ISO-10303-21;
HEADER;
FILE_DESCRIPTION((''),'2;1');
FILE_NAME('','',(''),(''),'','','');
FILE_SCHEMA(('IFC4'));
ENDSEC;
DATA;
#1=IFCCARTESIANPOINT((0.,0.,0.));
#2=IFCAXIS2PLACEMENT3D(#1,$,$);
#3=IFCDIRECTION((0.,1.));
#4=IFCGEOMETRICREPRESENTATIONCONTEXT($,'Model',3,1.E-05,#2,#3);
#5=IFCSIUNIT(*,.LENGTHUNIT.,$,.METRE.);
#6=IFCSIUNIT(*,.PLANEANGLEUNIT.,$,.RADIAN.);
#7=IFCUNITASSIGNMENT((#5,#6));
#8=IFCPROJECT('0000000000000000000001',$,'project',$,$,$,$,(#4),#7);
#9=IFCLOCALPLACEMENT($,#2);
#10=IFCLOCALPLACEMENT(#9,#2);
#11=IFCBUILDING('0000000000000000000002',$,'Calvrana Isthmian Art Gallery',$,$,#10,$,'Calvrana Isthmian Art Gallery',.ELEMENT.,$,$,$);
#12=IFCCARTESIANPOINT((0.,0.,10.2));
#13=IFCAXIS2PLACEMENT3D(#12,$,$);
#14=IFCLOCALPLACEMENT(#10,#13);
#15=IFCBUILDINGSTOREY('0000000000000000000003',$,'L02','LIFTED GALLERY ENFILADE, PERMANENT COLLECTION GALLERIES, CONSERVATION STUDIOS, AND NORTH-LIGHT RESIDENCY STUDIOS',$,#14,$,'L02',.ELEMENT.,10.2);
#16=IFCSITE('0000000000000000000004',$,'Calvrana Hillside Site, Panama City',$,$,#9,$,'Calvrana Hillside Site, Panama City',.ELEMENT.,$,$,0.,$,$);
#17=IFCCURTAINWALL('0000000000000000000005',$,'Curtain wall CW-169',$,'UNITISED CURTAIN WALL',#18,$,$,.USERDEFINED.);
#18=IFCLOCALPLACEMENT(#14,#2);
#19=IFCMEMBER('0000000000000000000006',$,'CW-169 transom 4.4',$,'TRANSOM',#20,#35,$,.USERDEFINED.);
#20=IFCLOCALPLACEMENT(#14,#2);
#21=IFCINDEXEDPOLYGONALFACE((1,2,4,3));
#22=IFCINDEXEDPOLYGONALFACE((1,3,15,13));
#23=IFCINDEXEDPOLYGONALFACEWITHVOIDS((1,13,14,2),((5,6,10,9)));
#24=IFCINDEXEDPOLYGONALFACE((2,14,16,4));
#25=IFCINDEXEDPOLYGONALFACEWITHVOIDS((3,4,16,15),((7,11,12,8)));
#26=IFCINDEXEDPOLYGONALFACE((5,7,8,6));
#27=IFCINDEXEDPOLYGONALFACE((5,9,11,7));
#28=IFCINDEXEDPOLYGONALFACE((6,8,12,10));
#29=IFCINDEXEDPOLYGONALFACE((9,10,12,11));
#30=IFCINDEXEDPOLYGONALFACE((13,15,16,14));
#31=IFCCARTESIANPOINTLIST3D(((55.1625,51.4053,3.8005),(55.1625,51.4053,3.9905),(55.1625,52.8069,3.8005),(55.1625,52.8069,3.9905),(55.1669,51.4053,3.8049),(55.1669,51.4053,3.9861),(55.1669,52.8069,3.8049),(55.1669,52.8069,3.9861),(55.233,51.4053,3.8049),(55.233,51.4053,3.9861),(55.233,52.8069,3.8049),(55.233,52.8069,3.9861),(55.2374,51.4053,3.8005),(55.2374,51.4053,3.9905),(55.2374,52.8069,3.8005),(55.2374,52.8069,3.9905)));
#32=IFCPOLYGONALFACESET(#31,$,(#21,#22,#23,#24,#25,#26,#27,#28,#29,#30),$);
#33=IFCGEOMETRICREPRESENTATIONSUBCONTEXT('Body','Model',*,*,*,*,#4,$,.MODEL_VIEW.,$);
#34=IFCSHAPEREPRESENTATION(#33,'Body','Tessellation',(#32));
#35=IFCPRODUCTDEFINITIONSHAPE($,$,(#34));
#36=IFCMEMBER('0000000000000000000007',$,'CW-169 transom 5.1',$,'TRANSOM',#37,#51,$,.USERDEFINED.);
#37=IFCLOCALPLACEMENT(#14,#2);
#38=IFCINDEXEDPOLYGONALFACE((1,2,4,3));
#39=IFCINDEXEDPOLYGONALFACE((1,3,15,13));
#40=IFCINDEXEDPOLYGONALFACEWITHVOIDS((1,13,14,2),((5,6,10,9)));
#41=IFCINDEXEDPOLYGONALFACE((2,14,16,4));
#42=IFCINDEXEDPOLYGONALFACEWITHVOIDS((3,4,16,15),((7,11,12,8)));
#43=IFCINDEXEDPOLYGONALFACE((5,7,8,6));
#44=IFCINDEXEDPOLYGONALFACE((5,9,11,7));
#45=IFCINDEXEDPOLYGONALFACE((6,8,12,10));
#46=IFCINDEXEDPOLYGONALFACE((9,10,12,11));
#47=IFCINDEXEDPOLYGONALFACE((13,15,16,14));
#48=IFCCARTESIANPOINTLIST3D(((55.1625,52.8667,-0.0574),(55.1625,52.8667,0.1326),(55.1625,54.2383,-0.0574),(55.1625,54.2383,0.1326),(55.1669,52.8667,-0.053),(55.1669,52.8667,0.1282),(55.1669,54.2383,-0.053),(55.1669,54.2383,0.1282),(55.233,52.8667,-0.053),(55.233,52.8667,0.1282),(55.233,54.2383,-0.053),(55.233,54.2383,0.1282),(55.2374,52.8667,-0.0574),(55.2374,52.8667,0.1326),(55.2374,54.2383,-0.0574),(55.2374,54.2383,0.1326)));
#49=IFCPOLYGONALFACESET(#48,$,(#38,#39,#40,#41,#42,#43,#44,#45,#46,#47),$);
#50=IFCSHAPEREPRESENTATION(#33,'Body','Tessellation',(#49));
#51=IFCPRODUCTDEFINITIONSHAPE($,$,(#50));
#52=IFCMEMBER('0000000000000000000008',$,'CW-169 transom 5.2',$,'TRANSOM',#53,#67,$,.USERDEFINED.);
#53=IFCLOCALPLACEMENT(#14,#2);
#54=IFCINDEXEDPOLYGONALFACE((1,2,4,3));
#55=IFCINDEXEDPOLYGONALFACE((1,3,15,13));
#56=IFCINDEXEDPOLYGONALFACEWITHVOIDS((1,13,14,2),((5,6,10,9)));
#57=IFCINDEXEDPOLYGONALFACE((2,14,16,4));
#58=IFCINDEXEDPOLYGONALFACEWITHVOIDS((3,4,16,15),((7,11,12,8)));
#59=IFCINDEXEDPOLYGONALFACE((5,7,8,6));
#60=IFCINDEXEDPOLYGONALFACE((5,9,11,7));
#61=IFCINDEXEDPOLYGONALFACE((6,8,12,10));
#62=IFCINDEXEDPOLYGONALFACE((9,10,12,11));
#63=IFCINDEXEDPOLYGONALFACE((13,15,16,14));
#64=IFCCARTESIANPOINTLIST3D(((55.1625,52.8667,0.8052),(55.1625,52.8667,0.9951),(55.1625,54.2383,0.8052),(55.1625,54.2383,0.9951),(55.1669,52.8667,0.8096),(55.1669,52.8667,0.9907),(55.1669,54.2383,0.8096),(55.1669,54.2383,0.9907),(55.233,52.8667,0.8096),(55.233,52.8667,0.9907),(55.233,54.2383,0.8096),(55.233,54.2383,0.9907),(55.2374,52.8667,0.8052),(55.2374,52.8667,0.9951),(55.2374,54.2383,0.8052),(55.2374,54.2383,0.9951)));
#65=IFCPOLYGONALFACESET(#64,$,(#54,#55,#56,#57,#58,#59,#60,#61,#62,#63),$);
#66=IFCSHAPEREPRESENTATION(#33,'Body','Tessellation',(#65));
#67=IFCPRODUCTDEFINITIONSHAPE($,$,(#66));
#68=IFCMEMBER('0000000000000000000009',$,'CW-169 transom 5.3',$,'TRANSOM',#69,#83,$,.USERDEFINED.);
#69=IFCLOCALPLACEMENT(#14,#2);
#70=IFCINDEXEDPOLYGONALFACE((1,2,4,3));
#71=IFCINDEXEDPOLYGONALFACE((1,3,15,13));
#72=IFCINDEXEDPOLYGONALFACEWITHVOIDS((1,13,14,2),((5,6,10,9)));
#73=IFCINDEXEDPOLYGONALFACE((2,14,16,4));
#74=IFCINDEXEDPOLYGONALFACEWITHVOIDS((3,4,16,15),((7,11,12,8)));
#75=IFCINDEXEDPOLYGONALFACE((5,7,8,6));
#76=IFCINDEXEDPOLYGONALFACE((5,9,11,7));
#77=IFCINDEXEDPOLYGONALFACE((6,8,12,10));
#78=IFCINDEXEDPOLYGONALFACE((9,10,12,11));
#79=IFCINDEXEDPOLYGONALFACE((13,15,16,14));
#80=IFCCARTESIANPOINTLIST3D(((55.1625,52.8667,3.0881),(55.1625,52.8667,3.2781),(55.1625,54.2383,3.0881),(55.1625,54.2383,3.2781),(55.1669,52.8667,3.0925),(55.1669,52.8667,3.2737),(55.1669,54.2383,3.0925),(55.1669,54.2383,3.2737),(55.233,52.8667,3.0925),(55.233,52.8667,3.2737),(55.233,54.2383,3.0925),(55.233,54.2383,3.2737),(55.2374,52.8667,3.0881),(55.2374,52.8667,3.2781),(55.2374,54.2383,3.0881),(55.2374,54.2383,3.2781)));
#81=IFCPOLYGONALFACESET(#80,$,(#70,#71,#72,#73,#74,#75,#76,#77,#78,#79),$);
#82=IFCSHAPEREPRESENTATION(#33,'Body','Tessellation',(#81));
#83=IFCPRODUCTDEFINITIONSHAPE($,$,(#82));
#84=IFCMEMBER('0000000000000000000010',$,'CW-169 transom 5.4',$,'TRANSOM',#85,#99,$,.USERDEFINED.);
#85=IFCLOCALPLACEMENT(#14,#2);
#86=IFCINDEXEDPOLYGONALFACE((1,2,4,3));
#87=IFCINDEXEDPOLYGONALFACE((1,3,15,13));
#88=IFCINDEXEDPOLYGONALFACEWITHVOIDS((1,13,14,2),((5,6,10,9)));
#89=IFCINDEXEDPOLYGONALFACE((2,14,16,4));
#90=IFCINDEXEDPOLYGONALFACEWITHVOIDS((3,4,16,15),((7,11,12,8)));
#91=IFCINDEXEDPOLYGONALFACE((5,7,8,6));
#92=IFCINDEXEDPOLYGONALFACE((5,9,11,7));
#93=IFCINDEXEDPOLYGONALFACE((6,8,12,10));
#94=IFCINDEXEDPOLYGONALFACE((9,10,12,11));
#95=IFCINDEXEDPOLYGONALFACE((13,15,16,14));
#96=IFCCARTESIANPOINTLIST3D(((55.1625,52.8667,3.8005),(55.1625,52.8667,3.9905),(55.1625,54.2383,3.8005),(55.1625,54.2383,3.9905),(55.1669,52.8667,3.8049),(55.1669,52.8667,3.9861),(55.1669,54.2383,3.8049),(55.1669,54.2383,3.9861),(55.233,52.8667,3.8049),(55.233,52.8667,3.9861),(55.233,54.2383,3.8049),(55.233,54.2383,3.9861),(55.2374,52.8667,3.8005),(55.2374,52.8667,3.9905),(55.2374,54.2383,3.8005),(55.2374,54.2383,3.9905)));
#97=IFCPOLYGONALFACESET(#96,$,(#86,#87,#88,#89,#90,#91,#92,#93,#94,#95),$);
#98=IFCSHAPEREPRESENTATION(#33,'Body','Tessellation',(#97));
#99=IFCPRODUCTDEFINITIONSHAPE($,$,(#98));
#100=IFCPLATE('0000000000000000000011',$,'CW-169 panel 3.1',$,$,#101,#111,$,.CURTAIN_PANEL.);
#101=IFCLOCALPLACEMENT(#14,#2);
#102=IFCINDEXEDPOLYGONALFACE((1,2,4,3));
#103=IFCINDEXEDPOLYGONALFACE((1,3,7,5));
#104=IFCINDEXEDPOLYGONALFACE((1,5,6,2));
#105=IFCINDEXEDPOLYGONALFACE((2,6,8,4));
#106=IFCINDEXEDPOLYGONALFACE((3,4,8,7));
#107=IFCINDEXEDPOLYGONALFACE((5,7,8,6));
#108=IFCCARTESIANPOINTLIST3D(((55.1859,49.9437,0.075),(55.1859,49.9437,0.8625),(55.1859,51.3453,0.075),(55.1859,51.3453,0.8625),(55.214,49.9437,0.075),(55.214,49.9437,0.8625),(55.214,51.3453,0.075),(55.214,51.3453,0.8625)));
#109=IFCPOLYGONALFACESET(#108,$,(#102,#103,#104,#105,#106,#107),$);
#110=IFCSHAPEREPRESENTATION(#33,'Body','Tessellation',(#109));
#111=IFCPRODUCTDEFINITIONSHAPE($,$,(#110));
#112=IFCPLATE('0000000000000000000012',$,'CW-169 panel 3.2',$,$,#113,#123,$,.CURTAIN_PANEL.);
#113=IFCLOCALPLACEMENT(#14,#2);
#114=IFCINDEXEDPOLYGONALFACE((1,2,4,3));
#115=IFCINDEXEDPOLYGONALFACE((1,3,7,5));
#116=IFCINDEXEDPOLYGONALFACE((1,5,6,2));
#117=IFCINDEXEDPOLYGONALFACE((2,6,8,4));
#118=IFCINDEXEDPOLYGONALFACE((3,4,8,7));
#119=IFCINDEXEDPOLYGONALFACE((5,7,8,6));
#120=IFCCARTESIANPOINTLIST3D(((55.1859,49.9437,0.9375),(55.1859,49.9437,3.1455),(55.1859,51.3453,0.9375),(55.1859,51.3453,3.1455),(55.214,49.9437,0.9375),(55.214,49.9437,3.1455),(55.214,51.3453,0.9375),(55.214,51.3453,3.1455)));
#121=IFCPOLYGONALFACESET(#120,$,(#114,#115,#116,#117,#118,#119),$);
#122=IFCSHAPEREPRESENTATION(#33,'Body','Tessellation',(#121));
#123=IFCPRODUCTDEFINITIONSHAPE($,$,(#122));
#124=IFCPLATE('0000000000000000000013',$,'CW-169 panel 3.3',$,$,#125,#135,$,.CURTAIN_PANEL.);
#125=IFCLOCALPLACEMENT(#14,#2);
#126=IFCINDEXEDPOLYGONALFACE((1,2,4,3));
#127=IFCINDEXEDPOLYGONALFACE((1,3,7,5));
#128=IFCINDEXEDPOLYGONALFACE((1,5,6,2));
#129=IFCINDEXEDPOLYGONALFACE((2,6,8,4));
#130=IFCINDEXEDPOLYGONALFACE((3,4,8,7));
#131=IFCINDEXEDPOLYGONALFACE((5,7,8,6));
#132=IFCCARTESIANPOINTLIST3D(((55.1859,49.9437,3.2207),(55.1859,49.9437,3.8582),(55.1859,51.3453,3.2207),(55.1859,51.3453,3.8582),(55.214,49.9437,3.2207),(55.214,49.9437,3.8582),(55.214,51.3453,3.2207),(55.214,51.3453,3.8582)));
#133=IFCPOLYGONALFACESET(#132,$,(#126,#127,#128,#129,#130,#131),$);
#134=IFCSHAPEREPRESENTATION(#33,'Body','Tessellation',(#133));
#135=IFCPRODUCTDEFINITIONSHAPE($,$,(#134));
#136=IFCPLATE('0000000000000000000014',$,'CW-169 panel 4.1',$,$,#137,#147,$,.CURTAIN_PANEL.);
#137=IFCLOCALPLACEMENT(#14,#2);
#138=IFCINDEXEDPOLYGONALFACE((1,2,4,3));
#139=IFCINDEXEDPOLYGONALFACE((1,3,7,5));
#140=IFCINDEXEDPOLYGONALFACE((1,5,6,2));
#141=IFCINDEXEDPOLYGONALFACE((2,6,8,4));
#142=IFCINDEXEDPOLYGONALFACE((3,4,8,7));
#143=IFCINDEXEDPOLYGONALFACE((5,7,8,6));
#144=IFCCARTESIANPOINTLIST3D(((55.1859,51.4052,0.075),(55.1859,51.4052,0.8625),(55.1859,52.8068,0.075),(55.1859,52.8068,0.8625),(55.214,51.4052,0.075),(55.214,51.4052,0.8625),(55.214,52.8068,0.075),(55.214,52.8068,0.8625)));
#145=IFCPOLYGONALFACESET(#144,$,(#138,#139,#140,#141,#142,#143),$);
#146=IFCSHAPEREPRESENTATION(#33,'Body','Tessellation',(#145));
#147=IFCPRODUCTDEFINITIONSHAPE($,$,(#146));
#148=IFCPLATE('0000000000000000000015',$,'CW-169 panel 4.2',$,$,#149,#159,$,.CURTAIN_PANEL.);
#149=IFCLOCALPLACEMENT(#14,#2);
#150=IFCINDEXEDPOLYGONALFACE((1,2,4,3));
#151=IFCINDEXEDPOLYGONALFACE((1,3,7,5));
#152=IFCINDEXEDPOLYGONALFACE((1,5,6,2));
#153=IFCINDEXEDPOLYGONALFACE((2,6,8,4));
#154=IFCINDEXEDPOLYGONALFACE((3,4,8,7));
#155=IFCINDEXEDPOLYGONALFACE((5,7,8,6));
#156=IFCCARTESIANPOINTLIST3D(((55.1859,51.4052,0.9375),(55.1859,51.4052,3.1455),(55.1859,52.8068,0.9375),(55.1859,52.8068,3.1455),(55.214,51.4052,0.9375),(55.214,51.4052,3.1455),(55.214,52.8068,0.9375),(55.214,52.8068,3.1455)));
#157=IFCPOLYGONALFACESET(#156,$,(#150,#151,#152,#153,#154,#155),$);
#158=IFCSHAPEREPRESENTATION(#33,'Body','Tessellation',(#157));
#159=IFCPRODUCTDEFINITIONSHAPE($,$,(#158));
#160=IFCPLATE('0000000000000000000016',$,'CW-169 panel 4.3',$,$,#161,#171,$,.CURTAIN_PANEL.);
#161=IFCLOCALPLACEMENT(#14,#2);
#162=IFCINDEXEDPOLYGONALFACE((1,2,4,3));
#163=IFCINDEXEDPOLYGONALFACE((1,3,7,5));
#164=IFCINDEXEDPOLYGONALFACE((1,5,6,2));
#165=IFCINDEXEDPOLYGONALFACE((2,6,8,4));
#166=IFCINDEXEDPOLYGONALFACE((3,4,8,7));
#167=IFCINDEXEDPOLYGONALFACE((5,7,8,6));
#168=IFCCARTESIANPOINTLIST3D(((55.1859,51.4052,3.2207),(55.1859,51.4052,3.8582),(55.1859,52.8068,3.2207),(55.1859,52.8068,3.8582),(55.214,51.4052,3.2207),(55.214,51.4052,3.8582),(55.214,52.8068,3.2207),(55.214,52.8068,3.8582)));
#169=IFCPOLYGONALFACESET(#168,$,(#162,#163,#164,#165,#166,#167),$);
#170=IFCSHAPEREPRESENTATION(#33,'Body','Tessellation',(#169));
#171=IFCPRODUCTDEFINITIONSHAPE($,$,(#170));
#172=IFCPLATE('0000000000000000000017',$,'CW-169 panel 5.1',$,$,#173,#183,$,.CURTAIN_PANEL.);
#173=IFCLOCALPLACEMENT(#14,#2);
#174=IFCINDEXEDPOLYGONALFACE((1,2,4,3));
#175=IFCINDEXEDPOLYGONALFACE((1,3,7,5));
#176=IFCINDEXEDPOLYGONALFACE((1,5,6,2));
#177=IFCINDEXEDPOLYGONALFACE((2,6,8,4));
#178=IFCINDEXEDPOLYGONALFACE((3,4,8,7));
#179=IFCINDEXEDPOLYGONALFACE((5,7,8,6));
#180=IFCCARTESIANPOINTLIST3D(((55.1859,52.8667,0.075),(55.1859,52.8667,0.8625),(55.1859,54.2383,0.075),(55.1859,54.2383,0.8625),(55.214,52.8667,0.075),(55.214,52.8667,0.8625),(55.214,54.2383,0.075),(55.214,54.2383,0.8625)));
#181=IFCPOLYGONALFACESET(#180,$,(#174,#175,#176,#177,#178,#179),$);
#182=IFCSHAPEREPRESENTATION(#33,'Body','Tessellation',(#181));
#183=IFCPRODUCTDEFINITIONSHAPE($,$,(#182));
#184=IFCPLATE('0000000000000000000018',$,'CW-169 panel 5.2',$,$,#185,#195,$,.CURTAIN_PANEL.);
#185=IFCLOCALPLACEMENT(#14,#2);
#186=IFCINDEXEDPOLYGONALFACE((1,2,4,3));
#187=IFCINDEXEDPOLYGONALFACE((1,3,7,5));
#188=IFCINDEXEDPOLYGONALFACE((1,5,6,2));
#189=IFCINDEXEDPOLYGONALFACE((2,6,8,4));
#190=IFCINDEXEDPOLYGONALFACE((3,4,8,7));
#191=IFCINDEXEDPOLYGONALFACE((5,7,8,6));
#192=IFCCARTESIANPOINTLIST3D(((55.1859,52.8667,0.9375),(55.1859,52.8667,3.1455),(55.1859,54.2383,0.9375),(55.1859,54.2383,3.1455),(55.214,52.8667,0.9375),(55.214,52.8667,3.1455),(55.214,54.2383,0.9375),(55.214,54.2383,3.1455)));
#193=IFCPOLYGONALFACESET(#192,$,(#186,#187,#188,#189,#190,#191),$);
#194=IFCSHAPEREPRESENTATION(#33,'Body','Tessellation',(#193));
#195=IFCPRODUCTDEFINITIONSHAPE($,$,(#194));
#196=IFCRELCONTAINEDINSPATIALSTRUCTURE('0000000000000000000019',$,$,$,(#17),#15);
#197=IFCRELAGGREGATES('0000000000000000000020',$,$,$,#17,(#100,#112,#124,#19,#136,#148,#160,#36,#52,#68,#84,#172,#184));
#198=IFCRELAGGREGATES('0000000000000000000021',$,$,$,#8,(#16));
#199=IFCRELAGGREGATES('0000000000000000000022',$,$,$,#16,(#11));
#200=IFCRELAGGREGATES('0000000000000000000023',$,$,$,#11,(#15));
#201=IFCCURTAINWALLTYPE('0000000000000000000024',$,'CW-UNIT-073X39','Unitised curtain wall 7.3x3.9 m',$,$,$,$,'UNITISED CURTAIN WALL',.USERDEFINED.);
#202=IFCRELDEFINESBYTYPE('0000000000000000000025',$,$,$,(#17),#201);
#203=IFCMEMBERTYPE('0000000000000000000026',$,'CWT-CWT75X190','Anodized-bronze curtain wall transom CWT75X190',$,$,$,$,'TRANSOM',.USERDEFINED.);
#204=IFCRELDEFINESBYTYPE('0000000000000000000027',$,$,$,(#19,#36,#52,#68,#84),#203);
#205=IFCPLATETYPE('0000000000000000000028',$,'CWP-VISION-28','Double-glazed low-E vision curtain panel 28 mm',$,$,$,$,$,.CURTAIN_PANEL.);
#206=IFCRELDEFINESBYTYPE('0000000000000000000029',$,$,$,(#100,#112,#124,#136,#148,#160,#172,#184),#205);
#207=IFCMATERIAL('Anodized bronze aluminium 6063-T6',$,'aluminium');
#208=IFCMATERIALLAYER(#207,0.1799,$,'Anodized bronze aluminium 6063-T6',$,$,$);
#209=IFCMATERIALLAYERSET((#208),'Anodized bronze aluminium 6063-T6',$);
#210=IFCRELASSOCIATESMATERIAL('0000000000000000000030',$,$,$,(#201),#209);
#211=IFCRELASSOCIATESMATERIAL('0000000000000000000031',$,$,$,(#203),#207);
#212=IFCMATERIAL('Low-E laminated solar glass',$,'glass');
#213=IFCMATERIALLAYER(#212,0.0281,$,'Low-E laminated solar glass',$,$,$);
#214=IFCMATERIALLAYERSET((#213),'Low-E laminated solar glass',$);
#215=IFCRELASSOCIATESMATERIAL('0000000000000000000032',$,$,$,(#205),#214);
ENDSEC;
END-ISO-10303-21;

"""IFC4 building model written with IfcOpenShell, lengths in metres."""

from ifc_helpers import new_model, si_unit, direction, frame, origin, origin_2d, place, context, subcontext, project, spatial, rectangle, hollow_rectangle, extrude, material, layer, layer_set, material_profile, profile_set, type_object, element, aggregate, save


model = new_model("IFC4")

# Units and contexts
model_context = context("Model", 3, precision=1e-05, world=origin(), true_north=direction((0.0, 1.0)))
body_context = subcontext(model_context, "Body", "Model", "MODEL_VIEW")
ifc_project = project(units=[si_unit("LENGTHUNIT", "METRE"), si_unit("PLANEANGLEUNIT", "RADIAN")], contexts=[model_context])

# Site, building, storey
site_placement = place(None, origin())
site = spatial("IfcSite", under=ifc_project, at=site_placement, Name="Calvrana Hillside Site, Panama City", LongName="Calvrana Hillside Site, Panama City", CompositionType="ELEMENT", RefElevation=0.0)
building_placement = place(site_placement, origin())
building = spatial("IfcBuilding", under=site, at=building_placement, Name="Calvrana Isthmian Art Gallery", LongName="Calvrana Isthmian Art Gallery", CompositionType="ELEMENT")
storey_placement = place(building_placement, frame((0.0, 0.0, 10.2)))
storey = spatial("IfcBuildingStorey", under=building, at=storey_placement, Name="L02", Description="LIFTED GALLERY ENFILADE, PERMANENT COLLECTION GALLERIES, CONSERVATION STUDIOS, AND NORTH-LIGHT RESIDENCY STUDIOS", LongName="L02", CompositionType="ELEMENT", Elevation=10.2)

# Curtain wall, members, plates
ifc_material_1 = material(Name="Anodized bronze aluminium 6063-T6", Category="aluminium")
ifc_layer_1 = layer(ifc_material_1, 0.1799, Name="Anodized bronze aluminium 6063-T6")
ifc_layer_set_1 = layer_set([ifc_layer_1], Name="Anodized bronze aluminium 6063-T6")
curtain_wall_type = type_object("IfcCurtainWallType", Name="CW-UNIT-073X39", Description="Unitised curtain wall 7.3x3.9 m", ElementType="UNITISED CURTAIN WALL", PredefinedType="USERDEFINED", material=ifc_layer_set_1)
curtain_wall_placement = place(storey_placement, origin())
curtain_wall = element("IfcCurtainWall", 1, at=curtain_wall_placement, inside=storey, type_object=curtain_wall_type, Name="Curtain wall CW-169", ObjectType="UNITISED CURTAIN WALL", PredefinedType="USERDEFINED")
ifc_material_profile_1 = material_profile(ifc_material_1, hollow_rectangle(XDim=0.075, YDim=0.1899, WallThickness=0.0044, at=origin_2d()), Name="CWT75X190")
ifc_profile_set_1 = profile_set([ifc_material_profile_1], Name="Anodized bronze aluminium 6063-T6")
member_type_1 = type_object("IfcMemberType", Name="CWT-CWT75X190", Description="Anodized-bronze curtain wall transom CWT75X190", ElementType="TRANSOM", PredefinedType="USERDEFINED", material=ifc_profile_set_1)
member_1_placement = place(storey_placement, frame((55.2, 51.4053, 3.8955), z_axis=(0.0, 1.0, 0.0), x_axis=(-1.0, 0.0, 0.0)))
member_1 = element("IfcMember", 2, at=member_1_placement, type_object=member_type_1, Name="CW-169 transom 4.4", ObjectType="TRANSOM", PredefinedType="USERDEFINED", context=body_context, shape_type="SweptSolid", body=[
    extrude(hollow_rectangle(XDim=0.075, YDim=0.1899, WallThickness=0.0044, at=origin_2d()), origin(), (0.0, 0.0, 1.0), 1.4016),
])
member_2_placement = place(storey_placement, frame((55.2, 52.8667, 0.0376), z_axis=(0.0, 1.0, 0.0), x_axis=(-1.0, 0.0, 0.0)))
member_2 = element("IfcMember", 3, at=member_2_placement, type_object=member_type_1, Name="CW-169 transom 5.1", ObjectType="TRANSOM", PredefinedType="USERDEFINED", context=body_context, shape_type="SweptSolid", body=[
    extrude(hollow_rectangle(XDim=0.075, YDim=0.1899, WallThickness=0.0044, at=origin_2d()), origin(), (0.0, 0.0, 1.0), 1.3716),
])
member_3_placement = place(storey_placement, frame((55.2, 52.8667, 0.9001), z_axis=(0.0, 1.0, 0.0), x_axis=(-1.0, 0.0, 0.0)))
member_3 = element("IfcMember", 4, at=member_3_placement, type_object=member_type_1, Name="CW-169 transom 5.2", ObjectType="TRANSOM", PredefinedType="USERDEFINED", context=body_context, shape_type="SweptSolid", body=[
    extrude(hollow_rectangle(XDim=0.075, YDim=0.1899, WallThickness=0.0044, at=origin_2d()), origin(), (0.0, 0.0, 1.0), 1.3716),
])
member_4_placement = place(storey_placement, frame((55.2, 52.8667, 3.1831), z_axis=(0.0, 1.0, 0.0), x_axis=(-1.0, 0.0, 0.0)))
member_4 = element("IfcMember", 5, at=member_4_placement, type_object=member_type_1, Name="CW-169 transom 5.3", ObjectType="TRANSOM", PredefinedType="USERDEFINED", context=body_context, shape_type="SweptSolid", body=[
    extrude(hollow_rectangle(XDim=0.075, YDim=0.1899, WallThickness=0.0044, at=origin_2d()), origin(), (0.0, 0.0, 1.0), 1.3716),
])
member_5_placement = place(storey_placement, frame((55.2, 52.8667, 3.8955), z_axis=(0.0, 1.0, 0.0), x_axis=(-1.0, 0.0, 0.0)))
member_5 = element("IfcMember", 6, at=member_5_placement, type_object=member_type_1, Name="CW-169 transom 5.4", ObjectType="TRANSOM", PredefinedType="USERDEFINED", context=body_context, shape_type="SweptSolid", body=[
    extrude(hollow_rectangle(XDim=0.075, YDim=0.1899, WallThickness=0.0044, at=origin_2d()), origin(), (0.0, 0.0, 1.0), 1.3716),
])
ifc_material_2 = material(Name="Low-E laminated solar glass", Category="glass")
ifc_layer_2 = layer(ifc_material_2, 0.0281, Name="Low-E laminated solar glass")
ifc_layer_set_2 = layer_set([ifc_layer_2], Name="Low-E laminated solar glass")
plate_type = type_object("IfcPlateType", Name="CWP-VISION-28", Description="Double-glazed low-E vision curtain panel 28 mm", PredefinedType="CURTAIN_PANEL", material=ifc_layer_set_2)
plate_1_placement = place(storey_placement, frame((55.2, 50.6445, 0.075), z_axis=(0.0, 0.0, 1.0), x_axis=(0.0, 1.0, 0.0)))
plate_1 = element("IfcPlate", 7, at=plate_1_placement, type_object=plate_type, Name="CW-169 panel 3.1", PredefinedType="CURTAIN_PANEL", context=body_context, shape_type="SweptSolid", body=[
    extrude(rectangle(XDim=1.4016, YDim=0.0281, at=origin_2d()), origin(), (0.0, 0.0, 1.0), 0.7876),
])
plate_2_placement = place(storey_placement, frame((55.2, 50.6445, 0.9375), z_axis=(0.0, 0.0, 1.0), x_axis=(0.0, 1.0, 0.0)))
plate_2 = element("IfcPlate", 8, at=plate_2_placement, type_object=plate_type, Name="CW-169 panel 3.2", PredefinedType="CURTAIN_PANEL", context=body_context, shape_type="SweptSolid", body=[
    extrude(rectangle(XDim=1.4016, YDim=0.0281, at=origin_2d()), origin(), (0.0, 0.0, 1.0), 2.208),
])
plate_3_placement = place(storey_placement, frame((55.2, 50.6445, 3.2207), z_axis=(0.0, 0.0, 1.0), x_axis=(0.0, 1.0, 0.0)))
plate_3 = element("IfcPlate", 9, at=plate_3_placement, type_object=plate_type, Name="CW-169 panel 3.3", PredefinedType="CURTAIN_PANEL", context=body_context, shape_type="SweptSolid", body=[
    extrude(rectangle(XDim=1.4016, YDim=0.0281, at=origin_2d()), origin(), (0.0, 0.0, 1.0), 0.6375),
])
plate_4_placement = place(storey_placement, frame((55.2, 52.106, 0.075), z_axis=(0.0, 0.0, 1.0), x_axis=(0.0, 1.0, 0.0)))
plate_4 = element("IfcPlate", 10, at=plate_4_placement, type_object=plate_type, Name="CW-169 panel 4.1", PredefinedType="CURTAIN_PANEL", context=body_context, shape_type="SweptSolid", body=[
    extrude(rectangle(XDim=1.4016, YDim=0.0281, at=origin_2d()), origin(), (0.0, 0.0, 1.0), 0.7876),
])
plate_5_placement = place(storey_placement, frame((55.2, 52.106, 0.9375), z_axis=(0.0, 0.0, 1.0), x_axis=(0.0, 1.0, 0.0)))
plate_5 = element("IfcPlate", 11, at=plate_5_placement, type_object=plate_type, Name="CW-169 panel 4.2", PredefinedType="CURTAIN_PANEL", context=body_context, shape_type="SweptSolid", body=[
    extrude(rectangle(XDim=1.4016, YDim=0.0281, at=origin_2d()), origin(), (0.0, 0.0, 1.0), 2.208),
])
plate_6_placement = place(storey_placement, frame((55.2, 52.106, 3.2207), z_axis=(0.0, 0.0, 1.0), x_axis=(0.0, 1.0, 0.0)))
plate_6 = element("IfcPlate", 12, at=plate_6_placement, type_object=plate_type, Name="CW-169 panel 4.3", PredefinedType="CURTAIN_PANEL", context=body_context, shape_type="SweptSolid", body=[
    extrude(rectangle(XDim=1.4016, YDim=0.0281, at=origin_2d()), origin(), (0.0, 0.0, 1.0), 0.6375),
])
plate_7_placement = place(storey_placement, frame((55.2, 53.5525, 0.075), z_axis=(0.0, 0.0, 1.0), x_axis=(0.0, 1.0, 0.0)))
plate_7 = element("IfcPlate", 13, at=plate_7_placement, type_object=plate_type, Name="CW-169 panel 5.1", PredefinedType="CURTAIN_PANEL", context=body_context, shape_type="SweptSolid", body=[
    extrude(rectangle(XDim=1.3716, YDim=0.0281, at=origin_2d()), origin(), (0.0, 0.0, 1.0), 0.7876),
])
plate_8_placement = place(storey_placement, frame((55.2, 53.5525, 0.9375), z_axis=(0.0, 0.0, 1.0), x_axis=(0.0, 1.0, 0.0)))
plate_8 = element("IfcPlate", 14, at=plate_8_placement, type_object=plate_type, Name="CW-169 panel 5.2", PredefinedType="CURTAIN_PANEL", context=body_context, shape_type="SweptSolid", body=[
    extrude(rectangle(XDim=1.3716, YDim=0.0281, at=origin_2d()), origin(), (0.0, 0.0, 1.0), 2.208),
])
aggregate(curtain_wall, [plate_1, plate_2, plate_3, member_1, plate_4, plate_5, plate_6, member_2, member_3, member_4, member_5, plate_7, plate_8])

save(model, "model.ifc")
